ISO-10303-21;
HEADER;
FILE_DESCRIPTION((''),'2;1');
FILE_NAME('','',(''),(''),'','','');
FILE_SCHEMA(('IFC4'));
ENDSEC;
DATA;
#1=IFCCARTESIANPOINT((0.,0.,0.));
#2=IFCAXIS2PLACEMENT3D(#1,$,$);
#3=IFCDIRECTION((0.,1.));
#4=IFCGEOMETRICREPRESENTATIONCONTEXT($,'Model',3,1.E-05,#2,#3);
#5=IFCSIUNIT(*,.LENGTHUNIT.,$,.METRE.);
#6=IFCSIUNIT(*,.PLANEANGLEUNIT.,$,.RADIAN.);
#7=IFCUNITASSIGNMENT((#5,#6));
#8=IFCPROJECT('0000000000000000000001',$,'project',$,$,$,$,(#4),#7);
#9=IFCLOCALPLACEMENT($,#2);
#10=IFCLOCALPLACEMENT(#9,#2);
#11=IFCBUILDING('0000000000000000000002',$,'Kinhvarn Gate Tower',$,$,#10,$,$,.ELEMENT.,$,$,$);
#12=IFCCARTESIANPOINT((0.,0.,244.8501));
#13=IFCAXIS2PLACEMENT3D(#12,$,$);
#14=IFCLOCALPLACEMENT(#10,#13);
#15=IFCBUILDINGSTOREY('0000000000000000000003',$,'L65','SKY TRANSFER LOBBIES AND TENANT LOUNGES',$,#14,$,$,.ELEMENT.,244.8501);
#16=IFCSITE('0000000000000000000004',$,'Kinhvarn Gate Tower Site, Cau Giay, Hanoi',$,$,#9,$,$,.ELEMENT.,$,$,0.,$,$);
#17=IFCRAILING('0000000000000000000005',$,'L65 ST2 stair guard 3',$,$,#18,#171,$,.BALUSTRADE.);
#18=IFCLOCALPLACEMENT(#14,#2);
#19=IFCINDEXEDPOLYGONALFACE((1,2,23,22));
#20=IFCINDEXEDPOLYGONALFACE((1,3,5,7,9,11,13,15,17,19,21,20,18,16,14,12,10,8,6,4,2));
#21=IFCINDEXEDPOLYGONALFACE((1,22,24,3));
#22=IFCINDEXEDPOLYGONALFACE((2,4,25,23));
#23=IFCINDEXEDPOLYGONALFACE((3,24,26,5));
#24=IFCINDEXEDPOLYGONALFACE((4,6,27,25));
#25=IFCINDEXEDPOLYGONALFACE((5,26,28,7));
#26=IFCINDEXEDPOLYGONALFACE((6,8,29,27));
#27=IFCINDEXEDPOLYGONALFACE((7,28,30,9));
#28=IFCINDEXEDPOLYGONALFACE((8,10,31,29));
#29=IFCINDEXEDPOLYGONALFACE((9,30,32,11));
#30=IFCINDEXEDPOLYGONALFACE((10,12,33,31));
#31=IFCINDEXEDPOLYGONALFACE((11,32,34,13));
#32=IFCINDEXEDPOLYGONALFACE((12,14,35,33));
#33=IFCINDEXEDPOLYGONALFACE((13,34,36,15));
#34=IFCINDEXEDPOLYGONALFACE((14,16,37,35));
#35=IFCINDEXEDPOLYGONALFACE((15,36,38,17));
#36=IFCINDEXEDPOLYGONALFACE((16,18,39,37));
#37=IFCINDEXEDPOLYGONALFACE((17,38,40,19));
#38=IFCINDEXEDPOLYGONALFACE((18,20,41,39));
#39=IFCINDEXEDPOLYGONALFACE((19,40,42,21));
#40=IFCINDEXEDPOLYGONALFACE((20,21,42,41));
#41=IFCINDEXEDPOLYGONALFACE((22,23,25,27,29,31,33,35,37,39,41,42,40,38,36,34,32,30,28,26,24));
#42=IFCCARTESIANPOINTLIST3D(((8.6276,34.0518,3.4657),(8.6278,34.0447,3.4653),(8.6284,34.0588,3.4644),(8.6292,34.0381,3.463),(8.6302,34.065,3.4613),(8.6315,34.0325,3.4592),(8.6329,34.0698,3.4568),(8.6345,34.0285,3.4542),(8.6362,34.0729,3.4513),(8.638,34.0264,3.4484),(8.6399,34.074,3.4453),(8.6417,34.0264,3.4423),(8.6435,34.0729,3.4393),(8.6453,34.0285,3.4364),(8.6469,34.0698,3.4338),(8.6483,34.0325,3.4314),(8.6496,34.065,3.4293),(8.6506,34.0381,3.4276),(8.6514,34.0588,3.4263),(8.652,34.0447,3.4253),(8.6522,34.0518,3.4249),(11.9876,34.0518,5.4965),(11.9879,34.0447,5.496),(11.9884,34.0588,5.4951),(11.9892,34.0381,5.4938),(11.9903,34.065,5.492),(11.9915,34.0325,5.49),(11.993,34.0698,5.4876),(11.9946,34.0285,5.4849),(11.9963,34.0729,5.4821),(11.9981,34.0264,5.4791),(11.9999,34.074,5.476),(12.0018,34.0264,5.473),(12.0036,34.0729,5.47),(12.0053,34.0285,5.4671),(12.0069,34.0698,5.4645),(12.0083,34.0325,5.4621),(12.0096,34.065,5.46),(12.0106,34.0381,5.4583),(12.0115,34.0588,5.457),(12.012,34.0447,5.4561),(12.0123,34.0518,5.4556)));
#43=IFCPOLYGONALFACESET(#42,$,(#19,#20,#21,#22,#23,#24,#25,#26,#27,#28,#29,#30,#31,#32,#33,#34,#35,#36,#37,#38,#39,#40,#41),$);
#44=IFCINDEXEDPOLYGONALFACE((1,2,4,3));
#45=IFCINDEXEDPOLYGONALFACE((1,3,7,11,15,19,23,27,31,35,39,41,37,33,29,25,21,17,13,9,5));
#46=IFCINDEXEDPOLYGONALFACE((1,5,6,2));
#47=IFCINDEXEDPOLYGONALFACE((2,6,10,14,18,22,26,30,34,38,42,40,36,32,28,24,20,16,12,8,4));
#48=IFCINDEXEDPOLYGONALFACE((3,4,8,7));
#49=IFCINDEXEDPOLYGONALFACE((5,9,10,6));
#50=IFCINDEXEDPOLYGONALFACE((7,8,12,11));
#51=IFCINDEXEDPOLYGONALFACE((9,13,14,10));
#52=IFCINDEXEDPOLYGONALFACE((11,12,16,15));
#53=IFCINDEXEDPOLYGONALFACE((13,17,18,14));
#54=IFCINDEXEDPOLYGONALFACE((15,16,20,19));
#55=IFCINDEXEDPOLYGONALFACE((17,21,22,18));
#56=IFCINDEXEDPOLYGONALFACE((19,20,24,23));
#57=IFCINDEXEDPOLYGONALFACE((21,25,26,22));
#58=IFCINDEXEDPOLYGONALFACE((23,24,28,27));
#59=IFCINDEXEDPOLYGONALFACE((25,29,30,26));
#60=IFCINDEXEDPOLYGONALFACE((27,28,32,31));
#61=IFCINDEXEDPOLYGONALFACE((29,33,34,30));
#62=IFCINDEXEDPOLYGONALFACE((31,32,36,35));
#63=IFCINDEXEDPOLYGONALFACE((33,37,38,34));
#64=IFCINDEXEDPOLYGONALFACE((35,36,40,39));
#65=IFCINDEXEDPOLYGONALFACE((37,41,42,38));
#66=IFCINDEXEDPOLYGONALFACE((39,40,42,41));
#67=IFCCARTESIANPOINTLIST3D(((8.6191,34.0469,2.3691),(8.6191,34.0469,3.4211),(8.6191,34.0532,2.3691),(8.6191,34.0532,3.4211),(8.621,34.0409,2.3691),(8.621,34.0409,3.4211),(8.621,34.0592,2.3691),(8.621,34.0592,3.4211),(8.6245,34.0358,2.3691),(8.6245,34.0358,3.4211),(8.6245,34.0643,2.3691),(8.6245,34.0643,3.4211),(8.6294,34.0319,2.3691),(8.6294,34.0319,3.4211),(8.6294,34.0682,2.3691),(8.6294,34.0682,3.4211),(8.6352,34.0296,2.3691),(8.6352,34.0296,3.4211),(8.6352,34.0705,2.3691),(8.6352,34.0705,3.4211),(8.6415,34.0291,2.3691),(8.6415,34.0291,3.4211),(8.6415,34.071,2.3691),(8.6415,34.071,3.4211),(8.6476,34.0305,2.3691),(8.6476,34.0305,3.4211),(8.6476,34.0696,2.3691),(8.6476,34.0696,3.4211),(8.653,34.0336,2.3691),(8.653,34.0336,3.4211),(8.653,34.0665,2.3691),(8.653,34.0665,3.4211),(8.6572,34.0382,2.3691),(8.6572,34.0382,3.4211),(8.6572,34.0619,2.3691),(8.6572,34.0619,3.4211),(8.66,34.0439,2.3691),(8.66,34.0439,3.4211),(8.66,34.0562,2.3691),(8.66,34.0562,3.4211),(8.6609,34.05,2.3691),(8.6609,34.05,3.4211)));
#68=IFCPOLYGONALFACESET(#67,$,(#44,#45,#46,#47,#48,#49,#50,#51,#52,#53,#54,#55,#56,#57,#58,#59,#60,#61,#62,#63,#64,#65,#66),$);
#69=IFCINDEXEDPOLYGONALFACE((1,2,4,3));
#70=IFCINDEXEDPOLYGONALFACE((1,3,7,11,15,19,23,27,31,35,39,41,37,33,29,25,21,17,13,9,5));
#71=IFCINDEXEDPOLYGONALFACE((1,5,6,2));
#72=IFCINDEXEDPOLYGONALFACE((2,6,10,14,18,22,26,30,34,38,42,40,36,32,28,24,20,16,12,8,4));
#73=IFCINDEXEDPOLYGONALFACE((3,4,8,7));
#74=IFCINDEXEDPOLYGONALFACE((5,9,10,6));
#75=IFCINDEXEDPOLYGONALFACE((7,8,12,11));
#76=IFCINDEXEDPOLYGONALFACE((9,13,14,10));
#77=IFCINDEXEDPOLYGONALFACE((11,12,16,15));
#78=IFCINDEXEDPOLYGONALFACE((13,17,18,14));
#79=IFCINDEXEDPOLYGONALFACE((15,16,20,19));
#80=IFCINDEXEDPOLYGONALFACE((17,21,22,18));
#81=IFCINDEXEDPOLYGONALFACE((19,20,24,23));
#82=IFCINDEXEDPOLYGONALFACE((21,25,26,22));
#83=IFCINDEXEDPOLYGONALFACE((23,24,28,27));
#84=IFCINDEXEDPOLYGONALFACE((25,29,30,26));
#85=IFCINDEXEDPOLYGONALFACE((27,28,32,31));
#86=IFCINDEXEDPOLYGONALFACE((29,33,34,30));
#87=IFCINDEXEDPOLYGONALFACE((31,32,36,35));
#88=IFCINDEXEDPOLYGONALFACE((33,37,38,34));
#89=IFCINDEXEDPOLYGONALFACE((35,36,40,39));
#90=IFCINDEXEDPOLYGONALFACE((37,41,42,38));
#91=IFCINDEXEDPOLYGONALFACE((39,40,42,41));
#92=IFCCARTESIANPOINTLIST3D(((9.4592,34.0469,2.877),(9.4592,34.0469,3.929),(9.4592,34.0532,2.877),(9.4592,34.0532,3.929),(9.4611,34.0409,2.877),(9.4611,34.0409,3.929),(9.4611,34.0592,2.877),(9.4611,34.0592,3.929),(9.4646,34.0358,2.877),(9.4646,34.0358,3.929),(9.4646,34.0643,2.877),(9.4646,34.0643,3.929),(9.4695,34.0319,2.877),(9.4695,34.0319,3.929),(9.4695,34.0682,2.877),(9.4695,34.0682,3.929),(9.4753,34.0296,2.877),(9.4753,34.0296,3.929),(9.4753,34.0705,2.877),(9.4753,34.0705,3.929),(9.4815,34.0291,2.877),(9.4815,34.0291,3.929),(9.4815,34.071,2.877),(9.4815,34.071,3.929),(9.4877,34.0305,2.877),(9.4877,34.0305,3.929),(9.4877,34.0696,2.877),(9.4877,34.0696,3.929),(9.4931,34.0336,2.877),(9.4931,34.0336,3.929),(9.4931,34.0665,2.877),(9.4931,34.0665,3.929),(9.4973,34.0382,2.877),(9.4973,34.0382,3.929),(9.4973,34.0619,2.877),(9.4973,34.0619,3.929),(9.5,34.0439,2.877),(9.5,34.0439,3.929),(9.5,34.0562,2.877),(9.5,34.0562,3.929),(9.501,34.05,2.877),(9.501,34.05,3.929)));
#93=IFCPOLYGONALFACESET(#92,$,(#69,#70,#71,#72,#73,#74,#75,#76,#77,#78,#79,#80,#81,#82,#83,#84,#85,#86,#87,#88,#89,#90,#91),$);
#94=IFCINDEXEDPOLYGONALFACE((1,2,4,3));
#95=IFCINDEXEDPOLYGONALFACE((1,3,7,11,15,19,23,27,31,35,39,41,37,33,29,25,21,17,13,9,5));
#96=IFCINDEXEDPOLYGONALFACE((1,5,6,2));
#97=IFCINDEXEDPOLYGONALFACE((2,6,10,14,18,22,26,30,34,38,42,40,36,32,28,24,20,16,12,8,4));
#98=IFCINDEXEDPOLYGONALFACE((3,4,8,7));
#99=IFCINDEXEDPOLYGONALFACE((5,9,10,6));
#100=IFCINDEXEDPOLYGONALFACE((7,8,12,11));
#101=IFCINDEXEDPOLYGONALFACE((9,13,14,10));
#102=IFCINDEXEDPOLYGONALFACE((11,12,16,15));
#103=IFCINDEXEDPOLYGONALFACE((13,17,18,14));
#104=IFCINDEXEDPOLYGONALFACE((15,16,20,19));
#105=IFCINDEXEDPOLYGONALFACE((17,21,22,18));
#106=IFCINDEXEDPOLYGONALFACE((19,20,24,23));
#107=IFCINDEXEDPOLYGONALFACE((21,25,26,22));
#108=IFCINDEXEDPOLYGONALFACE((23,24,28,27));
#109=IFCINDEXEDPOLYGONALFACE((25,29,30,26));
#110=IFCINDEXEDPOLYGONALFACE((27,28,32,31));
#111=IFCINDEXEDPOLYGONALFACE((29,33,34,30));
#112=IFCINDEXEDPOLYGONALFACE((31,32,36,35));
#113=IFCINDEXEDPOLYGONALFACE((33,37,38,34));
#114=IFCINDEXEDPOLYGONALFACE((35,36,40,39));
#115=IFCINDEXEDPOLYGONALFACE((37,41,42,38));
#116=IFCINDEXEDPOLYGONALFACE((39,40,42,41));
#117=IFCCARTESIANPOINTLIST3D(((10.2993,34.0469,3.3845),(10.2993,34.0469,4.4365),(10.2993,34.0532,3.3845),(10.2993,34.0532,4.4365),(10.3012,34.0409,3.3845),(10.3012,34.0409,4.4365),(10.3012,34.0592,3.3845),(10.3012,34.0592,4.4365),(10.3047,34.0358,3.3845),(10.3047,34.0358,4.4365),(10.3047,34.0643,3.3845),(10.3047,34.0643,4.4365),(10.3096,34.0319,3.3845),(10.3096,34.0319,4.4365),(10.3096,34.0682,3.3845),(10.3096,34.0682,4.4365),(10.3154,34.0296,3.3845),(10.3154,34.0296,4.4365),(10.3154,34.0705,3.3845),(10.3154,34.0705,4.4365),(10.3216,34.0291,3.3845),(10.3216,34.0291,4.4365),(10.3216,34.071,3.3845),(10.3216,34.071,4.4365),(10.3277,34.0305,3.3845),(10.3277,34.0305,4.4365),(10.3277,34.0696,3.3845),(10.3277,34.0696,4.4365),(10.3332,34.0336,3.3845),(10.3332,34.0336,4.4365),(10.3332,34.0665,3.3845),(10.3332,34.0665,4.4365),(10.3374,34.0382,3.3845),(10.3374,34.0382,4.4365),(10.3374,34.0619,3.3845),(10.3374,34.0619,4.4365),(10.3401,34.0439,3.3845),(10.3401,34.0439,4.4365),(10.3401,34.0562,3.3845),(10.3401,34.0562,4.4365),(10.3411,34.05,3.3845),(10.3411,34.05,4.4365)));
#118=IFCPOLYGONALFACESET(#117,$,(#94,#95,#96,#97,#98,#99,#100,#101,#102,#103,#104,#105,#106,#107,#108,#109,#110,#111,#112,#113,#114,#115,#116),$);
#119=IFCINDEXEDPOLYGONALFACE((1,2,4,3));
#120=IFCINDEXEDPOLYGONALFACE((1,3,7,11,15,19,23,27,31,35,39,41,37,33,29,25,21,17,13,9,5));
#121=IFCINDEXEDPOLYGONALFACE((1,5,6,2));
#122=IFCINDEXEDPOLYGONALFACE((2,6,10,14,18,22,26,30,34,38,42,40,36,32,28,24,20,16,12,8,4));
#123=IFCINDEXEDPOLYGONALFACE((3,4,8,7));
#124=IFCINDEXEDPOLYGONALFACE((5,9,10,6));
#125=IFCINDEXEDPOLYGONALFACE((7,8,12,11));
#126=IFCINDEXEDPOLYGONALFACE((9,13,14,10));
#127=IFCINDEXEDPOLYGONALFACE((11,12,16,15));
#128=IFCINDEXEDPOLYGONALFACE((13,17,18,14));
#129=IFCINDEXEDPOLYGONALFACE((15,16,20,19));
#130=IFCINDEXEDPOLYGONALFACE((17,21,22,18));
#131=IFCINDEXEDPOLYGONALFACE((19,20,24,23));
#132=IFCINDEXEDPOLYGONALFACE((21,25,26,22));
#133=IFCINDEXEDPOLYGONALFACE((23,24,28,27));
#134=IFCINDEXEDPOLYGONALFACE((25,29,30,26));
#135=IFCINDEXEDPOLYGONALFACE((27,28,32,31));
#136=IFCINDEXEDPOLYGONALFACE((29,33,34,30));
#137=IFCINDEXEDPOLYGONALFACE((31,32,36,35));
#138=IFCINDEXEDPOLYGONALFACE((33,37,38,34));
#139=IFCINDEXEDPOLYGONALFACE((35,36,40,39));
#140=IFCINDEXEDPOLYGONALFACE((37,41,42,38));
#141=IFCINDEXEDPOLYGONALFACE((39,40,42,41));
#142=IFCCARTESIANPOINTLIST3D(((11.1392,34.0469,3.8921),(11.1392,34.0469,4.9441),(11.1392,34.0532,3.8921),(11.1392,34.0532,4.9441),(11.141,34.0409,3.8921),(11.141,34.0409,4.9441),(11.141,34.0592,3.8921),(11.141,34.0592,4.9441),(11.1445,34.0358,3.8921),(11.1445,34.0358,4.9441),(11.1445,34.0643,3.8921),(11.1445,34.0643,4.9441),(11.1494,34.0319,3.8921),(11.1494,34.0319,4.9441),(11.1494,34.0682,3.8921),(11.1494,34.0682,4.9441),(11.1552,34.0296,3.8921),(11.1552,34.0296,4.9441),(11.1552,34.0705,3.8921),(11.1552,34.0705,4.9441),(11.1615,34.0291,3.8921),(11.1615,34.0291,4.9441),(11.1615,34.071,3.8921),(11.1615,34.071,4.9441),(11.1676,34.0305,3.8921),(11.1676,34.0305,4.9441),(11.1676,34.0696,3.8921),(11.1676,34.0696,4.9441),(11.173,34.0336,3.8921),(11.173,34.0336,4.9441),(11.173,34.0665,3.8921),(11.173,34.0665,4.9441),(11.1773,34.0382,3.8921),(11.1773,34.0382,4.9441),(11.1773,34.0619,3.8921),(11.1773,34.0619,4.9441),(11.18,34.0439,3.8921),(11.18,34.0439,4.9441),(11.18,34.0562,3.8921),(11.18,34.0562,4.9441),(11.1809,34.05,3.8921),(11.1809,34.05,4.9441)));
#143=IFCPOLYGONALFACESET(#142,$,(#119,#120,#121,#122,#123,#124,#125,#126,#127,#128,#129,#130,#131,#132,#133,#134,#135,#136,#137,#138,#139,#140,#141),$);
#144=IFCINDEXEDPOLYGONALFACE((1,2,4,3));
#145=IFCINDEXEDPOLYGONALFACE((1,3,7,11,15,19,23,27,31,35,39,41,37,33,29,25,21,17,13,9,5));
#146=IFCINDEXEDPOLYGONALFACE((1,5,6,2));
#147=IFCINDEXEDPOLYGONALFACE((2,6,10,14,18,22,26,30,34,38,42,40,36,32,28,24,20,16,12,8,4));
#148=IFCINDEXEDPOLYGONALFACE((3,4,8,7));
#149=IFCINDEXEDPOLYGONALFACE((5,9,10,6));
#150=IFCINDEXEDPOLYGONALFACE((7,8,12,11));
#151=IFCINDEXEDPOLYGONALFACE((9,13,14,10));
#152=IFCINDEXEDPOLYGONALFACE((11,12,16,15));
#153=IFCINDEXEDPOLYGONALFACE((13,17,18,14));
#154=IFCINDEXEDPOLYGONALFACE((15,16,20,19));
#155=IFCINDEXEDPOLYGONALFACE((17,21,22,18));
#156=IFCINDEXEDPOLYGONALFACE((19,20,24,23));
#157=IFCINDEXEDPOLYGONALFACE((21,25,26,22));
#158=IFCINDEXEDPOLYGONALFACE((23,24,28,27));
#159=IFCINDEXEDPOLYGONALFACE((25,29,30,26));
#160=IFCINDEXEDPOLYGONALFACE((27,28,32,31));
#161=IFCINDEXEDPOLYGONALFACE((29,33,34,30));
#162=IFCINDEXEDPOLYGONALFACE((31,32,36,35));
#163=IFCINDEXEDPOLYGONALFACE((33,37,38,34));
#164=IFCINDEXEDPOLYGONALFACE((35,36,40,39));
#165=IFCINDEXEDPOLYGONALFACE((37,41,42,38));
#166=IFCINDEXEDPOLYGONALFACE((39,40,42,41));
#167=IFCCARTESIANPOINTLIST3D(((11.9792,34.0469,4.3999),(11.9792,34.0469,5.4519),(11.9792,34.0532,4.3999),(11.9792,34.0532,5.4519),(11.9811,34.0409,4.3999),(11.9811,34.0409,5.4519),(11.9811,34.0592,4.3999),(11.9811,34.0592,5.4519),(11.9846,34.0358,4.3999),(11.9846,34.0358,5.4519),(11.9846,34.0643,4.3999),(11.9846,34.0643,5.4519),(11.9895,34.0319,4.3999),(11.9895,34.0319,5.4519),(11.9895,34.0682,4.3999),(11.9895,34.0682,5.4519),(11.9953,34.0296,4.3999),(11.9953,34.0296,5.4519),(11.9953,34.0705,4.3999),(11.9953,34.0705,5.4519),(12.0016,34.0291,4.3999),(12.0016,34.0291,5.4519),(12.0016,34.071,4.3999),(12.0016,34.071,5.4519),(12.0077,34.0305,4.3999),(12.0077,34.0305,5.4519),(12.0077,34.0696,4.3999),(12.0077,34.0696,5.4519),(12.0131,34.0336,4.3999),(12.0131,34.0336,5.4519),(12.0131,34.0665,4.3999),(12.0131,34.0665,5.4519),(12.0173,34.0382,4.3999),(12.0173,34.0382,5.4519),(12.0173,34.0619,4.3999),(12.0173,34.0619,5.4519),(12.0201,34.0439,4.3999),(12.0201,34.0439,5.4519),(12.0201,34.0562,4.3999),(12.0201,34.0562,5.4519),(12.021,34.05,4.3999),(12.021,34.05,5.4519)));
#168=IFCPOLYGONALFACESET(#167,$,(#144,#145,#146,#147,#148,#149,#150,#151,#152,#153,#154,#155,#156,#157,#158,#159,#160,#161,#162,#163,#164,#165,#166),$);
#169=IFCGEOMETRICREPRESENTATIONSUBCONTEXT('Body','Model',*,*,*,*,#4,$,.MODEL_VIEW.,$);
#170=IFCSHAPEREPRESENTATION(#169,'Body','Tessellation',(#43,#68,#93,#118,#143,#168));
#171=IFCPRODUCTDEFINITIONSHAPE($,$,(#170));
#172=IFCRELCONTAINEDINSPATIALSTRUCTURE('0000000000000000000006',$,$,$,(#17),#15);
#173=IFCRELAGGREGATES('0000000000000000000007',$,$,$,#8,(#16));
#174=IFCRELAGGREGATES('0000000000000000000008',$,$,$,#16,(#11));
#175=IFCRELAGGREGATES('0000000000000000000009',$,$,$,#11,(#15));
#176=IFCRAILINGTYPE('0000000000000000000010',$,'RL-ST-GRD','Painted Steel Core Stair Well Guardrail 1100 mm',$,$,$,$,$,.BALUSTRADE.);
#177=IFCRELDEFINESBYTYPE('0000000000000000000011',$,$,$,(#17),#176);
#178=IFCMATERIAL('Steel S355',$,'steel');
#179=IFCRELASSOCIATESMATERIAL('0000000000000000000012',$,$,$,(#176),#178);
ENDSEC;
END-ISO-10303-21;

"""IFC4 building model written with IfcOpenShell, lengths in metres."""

from ifc_helpers import new_model, si_unit, direction, frame, origin, origin_2d, place, context, subcontext, project, spatial, circle, extrude, material, type_object, element, save


model = new_model("IFC4")

# Units and contexts
model_context = context("Model", 3, precision=1e-05, world=origin(), true_north=direction((0.0, 1.0)))
body_context = subcontext(model_context, "Body", "Model", "MODEL_VIEW")
ifc_project = project(units=[si_unit("LENGTHUNIT", "METRE"), si_unit("PLANEANGLEUNIT", "RADIAN")], contexts=[model_context])

# Site, building, storey
site_placement = place(None, origin())
site = spatial("IfcSite", under=ifc_project, at=site_placement, Name="Kinhvarn Gate Tower Site, Cau Giay, Hanoi", CompositionType="ELEMENT", RefElevation=0.0)
building_placement = place(site_placement, origin())
building = spatial("IfcBuilding", under=site, at=building_placement, Name="Kinhvarn Gate Tower", CompositionType="ELEMENT")
storey_placement = place(building_placement, frame((0.0, 0.0, 244.8501)))
storey = spatial("IfcBuildingStorey", under=building, at=storey_placement, Name="L65", Description="SKY TRANSFER LOBBIES AND TENANT LOUNGES", CompositionType="ELEMENT", Elevation=244.8501)

# Railing
ifc_material_1 = material(Name="Steel S355", Category="steel")
railing_type_1 = type_object("IfcRailingType", Name="RL-ST-GRD", Description="Painted Steel Core Stair Well Guardrail 1100 mm", PredefinedType="BALUSTRADE", material=ifc_material_1)
railing_1_placement = place(storey_placement, frame((8.6399, 34.05, 2.3691)))
element("IfcRailing", 1, at=railing_1_placement, inside=storey, type_object=railing_type_1, Name="L65 ST2 stair guard 3", PredefinedType="BALUSTRADE", context=body_context, shape_type="SweptSolid", body=[
    extrude(circle(Radius=0.0239, at=origin_2d()), frame((0.0, 0.0, 1.0762), z_axis=(0.855837, 0.0, 0.517246), x_axis=(0.0, 1.0, 0.0)), (0.0, 0.0, 1.0), 3.926),
    extrude(circle(Radius=0.021, at=origin_2d()), origin(), (0.0, 0.0, 1.0), 1.052),
    extrude(circle(Radius=0.021, at=origin_2d()), frame((0.8401, 0.0, 0.5078)), (0.0, 0.0, 1.0), 1.052),
    extrude(circle(Radius=0.021, at=origin_2d()), frame((1.6802, 0.0, 1.0154)), (0.0, 0.0, 1.0), 1.052),
    extrude(circle(Radius=0.021, at=origin_2d()), frame((2.52, 0.0, 1.5229)), (0.0, 0.0, 1.0), 1.052),
    extrude(circle(Radius=0.021, at=origin_2d()), frame((3.3601, 0.0, 2.0308)), (0.0, 0.0, 1.0), 1.052),
])

save(model, "model.ifc")
